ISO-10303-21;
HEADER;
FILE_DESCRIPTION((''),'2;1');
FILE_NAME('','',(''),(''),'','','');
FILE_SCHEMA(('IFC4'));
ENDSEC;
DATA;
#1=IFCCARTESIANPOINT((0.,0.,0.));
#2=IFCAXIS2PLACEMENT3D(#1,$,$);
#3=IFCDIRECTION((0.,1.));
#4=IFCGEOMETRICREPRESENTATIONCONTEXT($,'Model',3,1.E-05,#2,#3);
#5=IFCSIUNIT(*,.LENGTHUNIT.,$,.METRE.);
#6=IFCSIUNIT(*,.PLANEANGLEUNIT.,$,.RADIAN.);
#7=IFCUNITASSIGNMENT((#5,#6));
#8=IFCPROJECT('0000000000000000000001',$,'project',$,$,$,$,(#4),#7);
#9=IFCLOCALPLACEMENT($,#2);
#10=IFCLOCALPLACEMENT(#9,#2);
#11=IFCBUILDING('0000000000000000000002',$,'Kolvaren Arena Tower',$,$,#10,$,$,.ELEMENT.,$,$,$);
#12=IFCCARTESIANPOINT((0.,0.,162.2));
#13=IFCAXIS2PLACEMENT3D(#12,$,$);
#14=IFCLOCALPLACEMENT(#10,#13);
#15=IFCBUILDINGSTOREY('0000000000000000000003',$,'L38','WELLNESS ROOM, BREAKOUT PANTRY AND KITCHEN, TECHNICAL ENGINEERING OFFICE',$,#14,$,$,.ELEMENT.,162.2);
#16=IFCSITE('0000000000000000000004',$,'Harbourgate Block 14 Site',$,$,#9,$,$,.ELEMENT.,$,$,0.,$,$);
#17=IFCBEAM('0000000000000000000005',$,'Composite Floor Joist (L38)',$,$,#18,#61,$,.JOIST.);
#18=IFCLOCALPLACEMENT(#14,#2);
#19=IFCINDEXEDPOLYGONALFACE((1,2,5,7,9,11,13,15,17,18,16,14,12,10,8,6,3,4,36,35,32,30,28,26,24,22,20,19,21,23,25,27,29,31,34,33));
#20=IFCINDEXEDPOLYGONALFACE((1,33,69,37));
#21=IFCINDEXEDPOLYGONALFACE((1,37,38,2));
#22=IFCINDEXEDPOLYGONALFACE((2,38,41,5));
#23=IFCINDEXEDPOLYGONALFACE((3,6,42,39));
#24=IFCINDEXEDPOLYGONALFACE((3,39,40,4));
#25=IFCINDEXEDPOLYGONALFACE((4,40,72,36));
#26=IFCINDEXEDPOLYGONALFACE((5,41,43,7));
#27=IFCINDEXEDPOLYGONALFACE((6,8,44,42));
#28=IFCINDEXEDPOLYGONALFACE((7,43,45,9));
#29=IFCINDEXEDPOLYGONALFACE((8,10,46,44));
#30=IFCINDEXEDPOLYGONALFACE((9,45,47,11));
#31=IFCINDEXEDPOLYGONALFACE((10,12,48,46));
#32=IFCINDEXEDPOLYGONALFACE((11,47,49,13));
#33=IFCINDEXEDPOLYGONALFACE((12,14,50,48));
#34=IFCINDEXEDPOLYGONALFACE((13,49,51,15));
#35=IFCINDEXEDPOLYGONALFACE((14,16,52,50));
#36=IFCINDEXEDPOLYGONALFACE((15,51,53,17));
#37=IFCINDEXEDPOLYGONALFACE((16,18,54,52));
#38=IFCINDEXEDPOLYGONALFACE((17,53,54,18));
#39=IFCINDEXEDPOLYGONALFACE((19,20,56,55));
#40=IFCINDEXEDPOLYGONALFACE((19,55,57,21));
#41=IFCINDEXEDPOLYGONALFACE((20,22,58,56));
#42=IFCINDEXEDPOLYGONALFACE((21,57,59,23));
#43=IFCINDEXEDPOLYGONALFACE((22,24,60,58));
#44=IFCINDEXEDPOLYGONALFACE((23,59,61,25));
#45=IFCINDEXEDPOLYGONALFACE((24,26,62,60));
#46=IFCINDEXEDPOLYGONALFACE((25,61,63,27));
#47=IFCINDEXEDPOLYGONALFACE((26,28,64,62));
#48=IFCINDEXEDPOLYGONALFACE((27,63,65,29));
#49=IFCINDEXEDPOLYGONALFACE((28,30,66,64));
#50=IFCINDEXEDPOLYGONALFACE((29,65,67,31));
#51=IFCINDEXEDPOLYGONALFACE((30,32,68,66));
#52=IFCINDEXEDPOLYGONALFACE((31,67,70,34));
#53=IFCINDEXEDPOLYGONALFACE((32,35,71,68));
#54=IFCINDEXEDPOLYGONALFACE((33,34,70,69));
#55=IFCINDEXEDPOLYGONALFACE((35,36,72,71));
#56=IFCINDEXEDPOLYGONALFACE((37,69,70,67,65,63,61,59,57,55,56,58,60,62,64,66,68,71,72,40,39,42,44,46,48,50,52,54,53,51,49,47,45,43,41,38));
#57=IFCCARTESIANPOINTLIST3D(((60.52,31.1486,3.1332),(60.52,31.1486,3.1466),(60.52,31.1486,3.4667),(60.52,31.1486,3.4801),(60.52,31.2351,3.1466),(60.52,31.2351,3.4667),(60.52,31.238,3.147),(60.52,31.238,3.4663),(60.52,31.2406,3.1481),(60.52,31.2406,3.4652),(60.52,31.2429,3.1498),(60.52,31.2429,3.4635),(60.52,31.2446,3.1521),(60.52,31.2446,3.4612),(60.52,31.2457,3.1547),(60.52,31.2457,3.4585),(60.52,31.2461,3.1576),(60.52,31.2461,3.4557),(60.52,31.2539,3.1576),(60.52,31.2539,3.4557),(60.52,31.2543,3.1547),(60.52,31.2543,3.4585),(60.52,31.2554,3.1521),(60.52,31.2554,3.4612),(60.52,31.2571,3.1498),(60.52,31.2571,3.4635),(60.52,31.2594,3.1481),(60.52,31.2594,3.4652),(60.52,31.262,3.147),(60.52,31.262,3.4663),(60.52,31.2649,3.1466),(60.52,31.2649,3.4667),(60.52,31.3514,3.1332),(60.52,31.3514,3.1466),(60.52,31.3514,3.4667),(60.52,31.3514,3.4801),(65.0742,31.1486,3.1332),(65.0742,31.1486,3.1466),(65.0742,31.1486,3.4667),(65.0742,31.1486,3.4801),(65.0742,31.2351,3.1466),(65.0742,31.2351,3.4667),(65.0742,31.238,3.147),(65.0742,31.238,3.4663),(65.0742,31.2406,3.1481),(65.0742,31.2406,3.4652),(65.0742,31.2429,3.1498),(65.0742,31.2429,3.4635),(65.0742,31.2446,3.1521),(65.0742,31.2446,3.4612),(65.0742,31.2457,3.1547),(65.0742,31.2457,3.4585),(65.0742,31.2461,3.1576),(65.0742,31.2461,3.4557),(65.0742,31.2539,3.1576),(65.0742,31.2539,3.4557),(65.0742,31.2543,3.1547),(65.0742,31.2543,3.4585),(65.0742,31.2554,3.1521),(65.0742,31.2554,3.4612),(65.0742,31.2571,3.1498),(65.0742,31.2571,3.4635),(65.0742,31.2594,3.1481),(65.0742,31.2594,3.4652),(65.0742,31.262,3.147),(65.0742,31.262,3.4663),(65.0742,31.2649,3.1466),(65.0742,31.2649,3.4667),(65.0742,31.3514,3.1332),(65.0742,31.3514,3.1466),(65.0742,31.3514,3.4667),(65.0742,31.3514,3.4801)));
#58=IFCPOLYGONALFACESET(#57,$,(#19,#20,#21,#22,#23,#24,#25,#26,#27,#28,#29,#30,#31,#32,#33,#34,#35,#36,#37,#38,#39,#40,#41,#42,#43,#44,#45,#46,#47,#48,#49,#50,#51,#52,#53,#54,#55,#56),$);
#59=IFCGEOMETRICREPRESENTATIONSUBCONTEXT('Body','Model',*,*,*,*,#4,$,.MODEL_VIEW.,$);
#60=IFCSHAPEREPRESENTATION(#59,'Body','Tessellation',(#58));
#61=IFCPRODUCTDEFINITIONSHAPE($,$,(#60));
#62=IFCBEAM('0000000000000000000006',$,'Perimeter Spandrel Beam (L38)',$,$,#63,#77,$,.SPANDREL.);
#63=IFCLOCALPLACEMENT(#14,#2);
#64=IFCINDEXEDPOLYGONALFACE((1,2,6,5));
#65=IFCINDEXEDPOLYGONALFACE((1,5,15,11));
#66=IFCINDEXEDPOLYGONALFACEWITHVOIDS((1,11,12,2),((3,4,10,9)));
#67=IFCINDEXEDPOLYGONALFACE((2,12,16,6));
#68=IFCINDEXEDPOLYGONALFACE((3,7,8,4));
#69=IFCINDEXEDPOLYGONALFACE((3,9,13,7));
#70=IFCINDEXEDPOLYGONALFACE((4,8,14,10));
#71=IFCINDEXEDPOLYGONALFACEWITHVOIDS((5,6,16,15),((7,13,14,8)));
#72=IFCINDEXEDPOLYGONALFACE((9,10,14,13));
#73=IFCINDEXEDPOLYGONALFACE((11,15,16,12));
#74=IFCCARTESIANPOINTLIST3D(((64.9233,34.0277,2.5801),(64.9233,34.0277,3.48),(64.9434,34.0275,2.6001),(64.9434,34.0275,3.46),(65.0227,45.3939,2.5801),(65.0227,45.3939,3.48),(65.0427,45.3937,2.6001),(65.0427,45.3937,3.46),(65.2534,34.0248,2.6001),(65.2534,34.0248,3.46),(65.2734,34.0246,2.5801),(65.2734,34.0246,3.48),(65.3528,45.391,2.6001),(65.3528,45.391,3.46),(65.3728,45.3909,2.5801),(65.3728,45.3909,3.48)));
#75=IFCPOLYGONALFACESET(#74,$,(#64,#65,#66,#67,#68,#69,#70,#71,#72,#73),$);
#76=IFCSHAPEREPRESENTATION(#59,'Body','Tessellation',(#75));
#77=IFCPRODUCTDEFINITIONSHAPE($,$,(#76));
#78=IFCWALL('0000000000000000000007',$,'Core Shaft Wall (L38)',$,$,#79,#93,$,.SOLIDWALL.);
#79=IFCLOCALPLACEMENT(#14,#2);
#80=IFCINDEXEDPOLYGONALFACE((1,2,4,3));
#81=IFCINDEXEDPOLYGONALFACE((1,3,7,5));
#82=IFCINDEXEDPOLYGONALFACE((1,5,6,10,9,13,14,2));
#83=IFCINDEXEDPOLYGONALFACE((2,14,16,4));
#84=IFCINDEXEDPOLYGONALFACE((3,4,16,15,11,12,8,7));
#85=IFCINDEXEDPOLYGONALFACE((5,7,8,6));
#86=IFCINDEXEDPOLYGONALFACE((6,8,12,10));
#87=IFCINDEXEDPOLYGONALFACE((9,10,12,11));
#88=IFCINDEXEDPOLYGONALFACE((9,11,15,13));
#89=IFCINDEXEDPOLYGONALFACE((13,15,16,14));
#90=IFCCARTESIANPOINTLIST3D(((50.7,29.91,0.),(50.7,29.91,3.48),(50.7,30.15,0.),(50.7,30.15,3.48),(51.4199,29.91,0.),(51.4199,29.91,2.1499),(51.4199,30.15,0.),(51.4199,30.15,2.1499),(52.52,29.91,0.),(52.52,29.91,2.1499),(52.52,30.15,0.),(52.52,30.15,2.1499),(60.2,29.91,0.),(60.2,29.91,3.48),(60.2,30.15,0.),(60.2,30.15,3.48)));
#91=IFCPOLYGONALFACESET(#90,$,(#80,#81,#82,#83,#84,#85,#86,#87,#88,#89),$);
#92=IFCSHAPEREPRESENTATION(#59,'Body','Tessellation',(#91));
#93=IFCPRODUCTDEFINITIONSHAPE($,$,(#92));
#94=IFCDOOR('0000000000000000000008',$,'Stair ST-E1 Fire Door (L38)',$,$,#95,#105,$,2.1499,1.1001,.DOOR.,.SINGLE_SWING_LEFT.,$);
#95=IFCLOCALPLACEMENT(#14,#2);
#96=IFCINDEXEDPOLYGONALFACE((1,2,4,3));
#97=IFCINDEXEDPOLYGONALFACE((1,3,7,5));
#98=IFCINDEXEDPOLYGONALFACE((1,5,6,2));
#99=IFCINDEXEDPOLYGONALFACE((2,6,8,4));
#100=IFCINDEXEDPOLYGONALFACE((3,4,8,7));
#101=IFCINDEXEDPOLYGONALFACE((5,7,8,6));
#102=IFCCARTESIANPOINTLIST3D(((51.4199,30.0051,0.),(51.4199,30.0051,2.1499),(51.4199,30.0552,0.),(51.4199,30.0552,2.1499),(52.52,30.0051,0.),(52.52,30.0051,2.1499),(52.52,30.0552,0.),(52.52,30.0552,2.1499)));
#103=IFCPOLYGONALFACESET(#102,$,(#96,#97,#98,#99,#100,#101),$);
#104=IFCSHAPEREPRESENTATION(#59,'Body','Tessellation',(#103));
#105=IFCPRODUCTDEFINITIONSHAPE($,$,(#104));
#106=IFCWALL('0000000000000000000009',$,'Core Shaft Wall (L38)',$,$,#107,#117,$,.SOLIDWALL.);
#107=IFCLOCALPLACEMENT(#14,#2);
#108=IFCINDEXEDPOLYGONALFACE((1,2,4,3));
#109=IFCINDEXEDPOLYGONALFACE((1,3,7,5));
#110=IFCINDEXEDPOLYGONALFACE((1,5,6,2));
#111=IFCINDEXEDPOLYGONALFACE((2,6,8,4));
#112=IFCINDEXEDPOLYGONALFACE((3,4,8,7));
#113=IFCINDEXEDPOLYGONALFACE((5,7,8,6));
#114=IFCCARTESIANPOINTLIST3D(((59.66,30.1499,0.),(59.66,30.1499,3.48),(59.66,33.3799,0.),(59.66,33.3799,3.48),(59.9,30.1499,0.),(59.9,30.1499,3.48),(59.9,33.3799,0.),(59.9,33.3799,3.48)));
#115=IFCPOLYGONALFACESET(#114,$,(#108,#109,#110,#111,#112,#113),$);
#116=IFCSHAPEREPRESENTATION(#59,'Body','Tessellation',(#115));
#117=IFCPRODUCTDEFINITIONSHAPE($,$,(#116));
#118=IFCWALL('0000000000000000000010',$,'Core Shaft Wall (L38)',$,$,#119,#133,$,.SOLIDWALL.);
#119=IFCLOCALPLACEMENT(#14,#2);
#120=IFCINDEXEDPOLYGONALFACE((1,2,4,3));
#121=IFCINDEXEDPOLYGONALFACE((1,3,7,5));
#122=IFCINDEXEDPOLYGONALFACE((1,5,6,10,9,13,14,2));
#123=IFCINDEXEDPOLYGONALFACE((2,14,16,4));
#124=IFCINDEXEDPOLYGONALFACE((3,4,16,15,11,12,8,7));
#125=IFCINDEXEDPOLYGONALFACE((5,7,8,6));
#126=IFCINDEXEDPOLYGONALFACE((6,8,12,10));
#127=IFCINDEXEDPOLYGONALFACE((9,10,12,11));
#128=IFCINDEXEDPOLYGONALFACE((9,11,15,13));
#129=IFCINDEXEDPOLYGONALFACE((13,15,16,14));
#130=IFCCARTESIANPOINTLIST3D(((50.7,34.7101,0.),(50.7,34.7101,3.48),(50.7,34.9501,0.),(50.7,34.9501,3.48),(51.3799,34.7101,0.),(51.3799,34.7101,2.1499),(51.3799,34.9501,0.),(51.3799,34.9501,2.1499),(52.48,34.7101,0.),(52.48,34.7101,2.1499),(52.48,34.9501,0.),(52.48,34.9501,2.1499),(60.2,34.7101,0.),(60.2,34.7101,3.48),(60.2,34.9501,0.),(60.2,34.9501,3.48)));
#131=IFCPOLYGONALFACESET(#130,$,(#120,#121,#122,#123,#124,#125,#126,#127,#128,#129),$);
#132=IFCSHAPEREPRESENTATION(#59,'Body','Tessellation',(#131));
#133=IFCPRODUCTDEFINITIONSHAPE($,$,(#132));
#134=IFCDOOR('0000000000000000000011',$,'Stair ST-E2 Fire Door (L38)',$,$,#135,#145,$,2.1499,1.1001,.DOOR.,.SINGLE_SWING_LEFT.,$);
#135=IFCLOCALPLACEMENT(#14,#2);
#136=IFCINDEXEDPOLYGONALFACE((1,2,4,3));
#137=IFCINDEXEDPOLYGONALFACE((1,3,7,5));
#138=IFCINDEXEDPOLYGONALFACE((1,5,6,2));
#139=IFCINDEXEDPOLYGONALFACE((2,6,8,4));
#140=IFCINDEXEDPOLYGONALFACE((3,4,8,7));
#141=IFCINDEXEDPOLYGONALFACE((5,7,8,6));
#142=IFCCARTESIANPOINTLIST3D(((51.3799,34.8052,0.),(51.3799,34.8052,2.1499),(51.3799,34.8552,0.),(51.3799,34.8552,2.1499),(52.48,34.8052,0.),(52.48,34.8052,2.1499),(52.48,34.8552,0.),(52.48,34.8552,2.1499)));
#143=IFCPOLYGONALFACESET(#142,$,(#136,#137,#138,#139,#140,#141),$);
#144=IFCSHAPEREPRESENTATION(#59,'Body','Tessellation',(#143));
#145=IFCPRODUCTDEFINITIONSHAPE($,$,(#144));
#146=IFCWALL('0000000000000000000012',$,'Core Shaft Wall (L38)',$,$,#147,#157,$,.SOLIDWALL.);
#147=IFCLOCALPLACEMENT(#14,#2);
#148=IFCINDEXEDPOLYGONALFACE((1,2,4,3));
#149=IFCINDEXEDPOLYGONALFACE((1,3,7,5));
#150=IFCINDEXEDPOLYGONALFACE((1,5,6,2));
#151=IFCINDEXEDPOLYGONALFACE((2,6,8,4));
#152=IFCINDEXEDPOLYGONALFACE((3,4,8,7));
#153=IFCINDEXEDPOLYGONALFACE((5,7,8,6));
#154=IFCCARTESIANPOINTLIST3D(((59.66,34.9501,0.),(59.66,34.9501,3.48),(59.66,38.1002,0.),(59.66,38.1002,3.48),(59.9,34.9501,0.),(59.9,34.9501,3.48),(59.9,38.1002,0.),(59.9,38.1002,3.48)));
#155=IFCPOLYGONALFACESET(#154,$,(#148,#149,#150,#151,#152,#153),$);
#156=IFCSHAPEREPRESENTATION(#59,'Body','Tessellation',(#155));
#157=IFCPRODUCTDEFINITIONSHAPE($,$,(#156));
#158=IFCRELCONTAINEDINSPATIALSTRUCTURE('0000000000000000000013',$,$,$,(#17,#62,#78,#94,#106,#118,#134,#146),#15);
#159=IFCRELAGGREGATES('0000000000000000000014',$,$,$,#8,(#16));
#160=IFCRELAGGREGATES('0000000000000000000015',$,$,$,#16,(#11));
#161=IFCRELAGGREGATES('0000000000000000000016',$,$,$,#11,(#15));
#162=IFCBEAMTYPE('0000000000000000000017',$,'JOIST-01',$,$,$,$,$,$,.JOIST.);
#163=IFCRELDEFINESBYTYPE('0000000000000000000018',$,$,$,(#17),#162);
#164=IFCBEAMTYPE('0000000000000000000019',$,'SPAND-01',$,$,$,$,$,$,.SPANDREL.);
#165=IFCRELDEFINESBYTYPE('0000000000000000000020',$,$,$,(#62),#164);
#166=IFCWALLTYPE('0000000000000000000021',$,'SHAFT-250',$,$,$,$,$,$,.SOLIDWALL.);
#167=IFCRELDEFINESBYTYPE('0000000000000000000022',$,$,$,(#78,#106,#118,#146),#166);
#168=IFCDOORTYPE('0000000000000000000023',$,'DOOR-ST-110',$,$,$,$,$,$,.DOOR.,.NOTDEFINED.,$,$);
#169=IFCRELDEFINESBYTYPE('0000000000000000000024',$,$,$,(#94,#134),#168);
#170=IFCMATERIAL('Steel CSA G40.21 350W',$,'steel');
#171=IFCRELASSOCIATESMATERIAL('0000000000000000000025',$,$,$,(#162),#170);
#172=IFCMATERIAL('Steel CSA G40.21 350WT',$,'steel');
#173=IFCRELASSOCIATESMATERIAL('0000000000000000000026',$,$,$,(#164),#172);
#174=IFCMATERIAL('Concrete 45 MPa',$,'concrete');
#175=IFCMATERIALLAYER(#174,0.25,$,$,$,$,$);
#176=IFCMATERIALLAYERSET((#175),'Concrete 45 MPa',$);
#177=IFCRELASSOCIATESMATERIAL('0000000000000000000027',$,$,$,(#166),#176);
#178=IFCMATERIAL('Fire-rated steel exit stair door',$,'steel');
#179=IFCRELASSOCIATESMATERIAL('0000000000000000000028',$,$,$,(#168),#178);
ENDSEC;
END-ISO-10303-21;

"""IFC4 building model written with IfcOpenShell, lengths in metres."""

from ifc_helpers import new_model, si_unit, direction, frame, frame_2d, origin, origin_2d, place, context, subcontext, project, spatial, rectangle, hollow_rectangle, i_section, extrude, material, layer, layer_set, material_profile, profile_set, type_object, element, fill, save


model = new_model("IFC4")

# Units and contexts
model_context = context("Model", 3, precision=1e-05, world=origin(), true_north=direction((0.0, 1.0)))
body_context = subcontext(model_context, "Body", "Model", "MODEL_VIEW")
ifc_project = project(units=[si_unit("LENGTHUNIT", "METRE"), si_unit("PLANEANGLEUNIT", "RADIAN")], contexts=[model_context])

# Site, building, storey
site_placement = place(None, origin())
site = spatial("IfcSite", under=ifc_project, at=site_placement, Name="Harbourgate Block 14 Site", CompositionType="ELEMENT", RefElevation=0.0)
building_placement = place(site_placement, origin())
building = spatial("IfcBuilding", under=site, at=building_placement, Name="Kolvaren Arena Tower", CompositionType="ELEMENT")
storey_placement = place(building_placement, frame((0.0, 0.0, 162.2)))
storey = spatial("IfcBuildingStorey", under=building, at=storey_placement, Name="L38", Description="WELLNESS ROOM, BREAKOUT PANTRY AND KITCHEN, TECHNICAL ENGINEERING OFFICE", CompositionType="ELEMENT", Elevation=162.2)

# Beams
ifc_material_1 = material(Name="Steel CSA G40.21 350W", Category="steel")
ifc_material_profile_1 = material_profile(ifc_material_1, i_section(OverallWidth=0.2029, OverallDepth=0.3469, WebThickness=0.0078, FlangeThickness=0.0134, FilletRadius=0.011, at=origin_2d()), Name="W360x64")
ifc_profile_set_1 = profile_set([ifc_material_profile_1], Name="Steel CSA G40.21 350W")
beam_type_1 = type_object("IfcBeamType", Name="JOIST-01", PredefinedType="JOIST", material=ifc_profile_set_1)
beam_1_placement = place(storey_placement, frame((60.52, 31.25, 3.3066), z_axis=(1.0, 0.0, 0.0), x_axis=(0.0, 1.0, 0.0)))
element("IfcBeam", 1, at=beam_1_placement, inside=storey, type_object=beam_type_1, Name="Composite Floor Joist (L38)", PredefinedType="JOIST", context=body_context, shape_type="SweptSolid", body=[
    extrude(i_section(OverallWidth=0.2029, OverallDepth=0.3469, WebThickness=0.0078, FlangeThickness=0.0134, FilletRadius=0.011, at=origin_2d()), origin(), (0.0, 0.0, 1.0), 4.5542),
])
ifc_material_2 = material(Name="Steel CSA G40.21 350WT", Category="steel")
ifc_material_profile_2 = material_profile(ifc_material_2, hollow_rectangle(XDim=0.3501, YDim=0.8999, WallThickness=0.02, at=origin_2d()), Name="HSS 900x350x20")
ifc_profile_set_2 = profile_set([ifc_material_profile_2], Name="Steel CSA G40.21 350WT")
beam_type_2 = type_object("IfcBeamType", Name="SPAND-01", PredefinedType="SPANDREL", material=ifc_profile_set_2)
beam_2_placement = place(storey_placement, frame((65.0984, 34.0261, 3.03), z_axis=(0.008742, 0.999962, 0.0), x_axis=(-0.999962, 0.008742, 0.0)))
element("IfcBeam", 2, at=beam_2_placement, inside=storey, type_object=beam_type_2, Name="Perimeter Spandrel Beam (L38)", PredefinedType="SPANDREL", context=body_context, shape_type="SweptSolid", body=[
    extrude(hollow_rectangle(XDim=0.3501, YDim=0.8999, WallThickness=0.02, at=origin_2d()), origin(), (0.0, 0.0, 1.0), 11.3667),
])

# Wall, opening, door
ifc_material_3 = material(Name="Concrete 45 MPa", Category="concrete")
ifc_layer = layer(ifc_material_3, 0.25)
ifc_layer_set = layer_set([ifc_layer], Name="Concrete 45 MPa")
wall_type = type_object("IfcWallType", Name="SHAFT-250", PredefinedType="SOLIDWALL", material=ifc_layer_set)
wall_1_placement = place(storey_placement, frame((60.2, 30.03, 0.0), z_axis=(0.0, 0.0, 1.0), x_axis=(-1.0, 0.0, 0.0)))
wall_1 = element("IfcWall", 3, at=wall_1_placement, inside=storey, type_object=wall_type, Name="Core Shaft Wall (L38)", PredefinedType="SOLIDWALL", context=body_context, shape_type="SweptSolid", body=[
    extrude(rectangle(XDim=9.5, YDim=0.24, at=frame_2d((4.75, 0.0))), origin(), (0.0, 0.0, 1.0), 3.48),
])
opening_1_placement = place(wall_1_placement, frame((7.6799, 0.0, 0.0)))
opening_1 = element("IfcOpeningElement", 4, at=opening_1_placement, cuts=wall_1, PredefinedType="OPENING", context=body_context, shape_type="SweptSolid", body=[
    extrude(rectangle(XDim=1.1001, YDim=2.1499, at=frame_2d((0.55, 1.075))), frame((0.0, 0.1299, 0.0), z_axis=(0.0, -1.0, 0.0), x_axis=(1.0, 0.0, 0.0)), (0.0, 0.0, 1.0), 0.26),
])
ifc_material_4 = material(Name="Fire-rated steel exit stair door", Category="steel")
door_type = type_object("IfcDoorType", Name="DOOR-ST-110", OperationType="NOTDEFINED", PredefinedType="DOOR", material=ifc_material_4)
door_1_placement = place(opening_1_placement, origin())
door_1 = element("IfcDoor", 5, at=door_1_placement, inside=storey, type_object=door_type, Name="Stair ST-E1 Fire Door (L38)", OperationType="SINGLE_SWING_LEFT", OverallHeight=2.1499, OverallWidth=1.1001, PredefinedType="DOOR", context=body_context, shape_type="SweptSolid", body=[
    extrude(rectangle(XDim=1.1001, YDim=2.1499, at=frame_2d((0.55, 1.075))), frame((0.0, 0.0249, 0.0), z_axis=(0.0, -1.0, 0.0), x_axis=(1.0, 0.0, 0.0)), (0.0, 0.0, 1.0), 0.05),
])
fill(opening_1, door_1)

# Wall
wall_2_placement = place(storey_placement, frame((59.78, 30.1499, 0.0), z_axis=(0.0, 0.0, 1.0), x_axis=(0.0, 1.0, 0.0)))
element("IfcWall", 6, at=wall_2_placement, inside=storey, type_object=wall_type, Name="Core Shaft Wall (L38)", PredefinedType="SOLIDWALL", context=body_context, shape_type="SweptSolid", body=[
    extrude(rectangle(XDim=3.23, YDim=0.24, at=frame_2d((1.615, 0.0))), origin(), (0.0, 0.0, 1.0), 3.48),
])

# Wall, opening, door
wall_3_placement = place(storey_placement, frame((60.2, 34.8301, 0.0), z_axis=(0.0, 0.0, 1.0), x_axis=(-1.0, 0.0, 0.0)))
wall_3 = element("IfcWall", 7, at=wall_3_placement, inside=storey, type_object=wall_type, Name="Core Shaft Wall (L38)", PredefinedType="SOLIDWALL", context=body_context, shape_type="SweptSolid", body=[
    extrude(rectangle(XDim=9.5, YDim=0.24, at=frame_2d((4.75, 0.0))), origin(), (0.0, 0.0, 1.0), 3.48),
])
opening_2_placement = place(wall_3_placement, frame((7.72, 0.0, 0.0)))
opening_2 = element("IfcOpeningElement", 8, at=opening_2_placement, cuts=wall_3, PredefinedType="OPENING", context=body_context, shape_type="SweptSolid", body=[
    extrude(rectangle(XDim=1.1001, YDim=2.1499, at=frame_2d((0.55, 1.075))), frame((0.0, 0.1299, 0.0), z_axis=(0.0, -1.0, 0.0), x_axis=(1.0, 0.0, 0.0)), (0.0, 0.0, 1.0), 0.26),
])
door_2_placement = place(opening_2_placement, origin())
door_2 = element("IfcDoor", 9, at=door_2_placement, inside=storey, type_object=door_type, Name="Stair ST-E2 Fire Door (L38)", OperationType="SINGLE_SWING_LEFT", OverallHeight=2.1499, OverallWidth=1.1001, PredefinedType="DOOR", context=body_context, shape_type="SweptSolid", body=[
    extrude(rectangle(XDim=1.1001, YDim=2.1499, at=frame_2d((0.55, 1.075))), frame((0.0, 0.0249, 0.0), z_axis=(0.0, -1.0, 0.0), x_axis=(1.0, 0.0, 0.0)), (0.0, 0.0, 1.0), 0.05),
])
fill(opening_2, door_2)

# Wall
wall_4_placement = place(storey_placement, frame((59.78, 34.95, 0.0), z_axis=(0.0, 0.0, 1.0), x_axis=(0.0, 1.0, 0.0)))
element("IfcWall", 10, at=wall_4_placement, inside=storey, type_object=wall_type, Name="Core Shaft Wall (L38)", PredefinedType="SOLIDWALL", context=body_context, shape_type="SweptSolid", body=[
    extrude(rectangle(XDim=3.1501, YDim=0.24, at=frame_2d((1.5752, 0.0))), origin(), (0.0, 0.0, 1.0), 3.48),
])

save(model, "model.ifc")
